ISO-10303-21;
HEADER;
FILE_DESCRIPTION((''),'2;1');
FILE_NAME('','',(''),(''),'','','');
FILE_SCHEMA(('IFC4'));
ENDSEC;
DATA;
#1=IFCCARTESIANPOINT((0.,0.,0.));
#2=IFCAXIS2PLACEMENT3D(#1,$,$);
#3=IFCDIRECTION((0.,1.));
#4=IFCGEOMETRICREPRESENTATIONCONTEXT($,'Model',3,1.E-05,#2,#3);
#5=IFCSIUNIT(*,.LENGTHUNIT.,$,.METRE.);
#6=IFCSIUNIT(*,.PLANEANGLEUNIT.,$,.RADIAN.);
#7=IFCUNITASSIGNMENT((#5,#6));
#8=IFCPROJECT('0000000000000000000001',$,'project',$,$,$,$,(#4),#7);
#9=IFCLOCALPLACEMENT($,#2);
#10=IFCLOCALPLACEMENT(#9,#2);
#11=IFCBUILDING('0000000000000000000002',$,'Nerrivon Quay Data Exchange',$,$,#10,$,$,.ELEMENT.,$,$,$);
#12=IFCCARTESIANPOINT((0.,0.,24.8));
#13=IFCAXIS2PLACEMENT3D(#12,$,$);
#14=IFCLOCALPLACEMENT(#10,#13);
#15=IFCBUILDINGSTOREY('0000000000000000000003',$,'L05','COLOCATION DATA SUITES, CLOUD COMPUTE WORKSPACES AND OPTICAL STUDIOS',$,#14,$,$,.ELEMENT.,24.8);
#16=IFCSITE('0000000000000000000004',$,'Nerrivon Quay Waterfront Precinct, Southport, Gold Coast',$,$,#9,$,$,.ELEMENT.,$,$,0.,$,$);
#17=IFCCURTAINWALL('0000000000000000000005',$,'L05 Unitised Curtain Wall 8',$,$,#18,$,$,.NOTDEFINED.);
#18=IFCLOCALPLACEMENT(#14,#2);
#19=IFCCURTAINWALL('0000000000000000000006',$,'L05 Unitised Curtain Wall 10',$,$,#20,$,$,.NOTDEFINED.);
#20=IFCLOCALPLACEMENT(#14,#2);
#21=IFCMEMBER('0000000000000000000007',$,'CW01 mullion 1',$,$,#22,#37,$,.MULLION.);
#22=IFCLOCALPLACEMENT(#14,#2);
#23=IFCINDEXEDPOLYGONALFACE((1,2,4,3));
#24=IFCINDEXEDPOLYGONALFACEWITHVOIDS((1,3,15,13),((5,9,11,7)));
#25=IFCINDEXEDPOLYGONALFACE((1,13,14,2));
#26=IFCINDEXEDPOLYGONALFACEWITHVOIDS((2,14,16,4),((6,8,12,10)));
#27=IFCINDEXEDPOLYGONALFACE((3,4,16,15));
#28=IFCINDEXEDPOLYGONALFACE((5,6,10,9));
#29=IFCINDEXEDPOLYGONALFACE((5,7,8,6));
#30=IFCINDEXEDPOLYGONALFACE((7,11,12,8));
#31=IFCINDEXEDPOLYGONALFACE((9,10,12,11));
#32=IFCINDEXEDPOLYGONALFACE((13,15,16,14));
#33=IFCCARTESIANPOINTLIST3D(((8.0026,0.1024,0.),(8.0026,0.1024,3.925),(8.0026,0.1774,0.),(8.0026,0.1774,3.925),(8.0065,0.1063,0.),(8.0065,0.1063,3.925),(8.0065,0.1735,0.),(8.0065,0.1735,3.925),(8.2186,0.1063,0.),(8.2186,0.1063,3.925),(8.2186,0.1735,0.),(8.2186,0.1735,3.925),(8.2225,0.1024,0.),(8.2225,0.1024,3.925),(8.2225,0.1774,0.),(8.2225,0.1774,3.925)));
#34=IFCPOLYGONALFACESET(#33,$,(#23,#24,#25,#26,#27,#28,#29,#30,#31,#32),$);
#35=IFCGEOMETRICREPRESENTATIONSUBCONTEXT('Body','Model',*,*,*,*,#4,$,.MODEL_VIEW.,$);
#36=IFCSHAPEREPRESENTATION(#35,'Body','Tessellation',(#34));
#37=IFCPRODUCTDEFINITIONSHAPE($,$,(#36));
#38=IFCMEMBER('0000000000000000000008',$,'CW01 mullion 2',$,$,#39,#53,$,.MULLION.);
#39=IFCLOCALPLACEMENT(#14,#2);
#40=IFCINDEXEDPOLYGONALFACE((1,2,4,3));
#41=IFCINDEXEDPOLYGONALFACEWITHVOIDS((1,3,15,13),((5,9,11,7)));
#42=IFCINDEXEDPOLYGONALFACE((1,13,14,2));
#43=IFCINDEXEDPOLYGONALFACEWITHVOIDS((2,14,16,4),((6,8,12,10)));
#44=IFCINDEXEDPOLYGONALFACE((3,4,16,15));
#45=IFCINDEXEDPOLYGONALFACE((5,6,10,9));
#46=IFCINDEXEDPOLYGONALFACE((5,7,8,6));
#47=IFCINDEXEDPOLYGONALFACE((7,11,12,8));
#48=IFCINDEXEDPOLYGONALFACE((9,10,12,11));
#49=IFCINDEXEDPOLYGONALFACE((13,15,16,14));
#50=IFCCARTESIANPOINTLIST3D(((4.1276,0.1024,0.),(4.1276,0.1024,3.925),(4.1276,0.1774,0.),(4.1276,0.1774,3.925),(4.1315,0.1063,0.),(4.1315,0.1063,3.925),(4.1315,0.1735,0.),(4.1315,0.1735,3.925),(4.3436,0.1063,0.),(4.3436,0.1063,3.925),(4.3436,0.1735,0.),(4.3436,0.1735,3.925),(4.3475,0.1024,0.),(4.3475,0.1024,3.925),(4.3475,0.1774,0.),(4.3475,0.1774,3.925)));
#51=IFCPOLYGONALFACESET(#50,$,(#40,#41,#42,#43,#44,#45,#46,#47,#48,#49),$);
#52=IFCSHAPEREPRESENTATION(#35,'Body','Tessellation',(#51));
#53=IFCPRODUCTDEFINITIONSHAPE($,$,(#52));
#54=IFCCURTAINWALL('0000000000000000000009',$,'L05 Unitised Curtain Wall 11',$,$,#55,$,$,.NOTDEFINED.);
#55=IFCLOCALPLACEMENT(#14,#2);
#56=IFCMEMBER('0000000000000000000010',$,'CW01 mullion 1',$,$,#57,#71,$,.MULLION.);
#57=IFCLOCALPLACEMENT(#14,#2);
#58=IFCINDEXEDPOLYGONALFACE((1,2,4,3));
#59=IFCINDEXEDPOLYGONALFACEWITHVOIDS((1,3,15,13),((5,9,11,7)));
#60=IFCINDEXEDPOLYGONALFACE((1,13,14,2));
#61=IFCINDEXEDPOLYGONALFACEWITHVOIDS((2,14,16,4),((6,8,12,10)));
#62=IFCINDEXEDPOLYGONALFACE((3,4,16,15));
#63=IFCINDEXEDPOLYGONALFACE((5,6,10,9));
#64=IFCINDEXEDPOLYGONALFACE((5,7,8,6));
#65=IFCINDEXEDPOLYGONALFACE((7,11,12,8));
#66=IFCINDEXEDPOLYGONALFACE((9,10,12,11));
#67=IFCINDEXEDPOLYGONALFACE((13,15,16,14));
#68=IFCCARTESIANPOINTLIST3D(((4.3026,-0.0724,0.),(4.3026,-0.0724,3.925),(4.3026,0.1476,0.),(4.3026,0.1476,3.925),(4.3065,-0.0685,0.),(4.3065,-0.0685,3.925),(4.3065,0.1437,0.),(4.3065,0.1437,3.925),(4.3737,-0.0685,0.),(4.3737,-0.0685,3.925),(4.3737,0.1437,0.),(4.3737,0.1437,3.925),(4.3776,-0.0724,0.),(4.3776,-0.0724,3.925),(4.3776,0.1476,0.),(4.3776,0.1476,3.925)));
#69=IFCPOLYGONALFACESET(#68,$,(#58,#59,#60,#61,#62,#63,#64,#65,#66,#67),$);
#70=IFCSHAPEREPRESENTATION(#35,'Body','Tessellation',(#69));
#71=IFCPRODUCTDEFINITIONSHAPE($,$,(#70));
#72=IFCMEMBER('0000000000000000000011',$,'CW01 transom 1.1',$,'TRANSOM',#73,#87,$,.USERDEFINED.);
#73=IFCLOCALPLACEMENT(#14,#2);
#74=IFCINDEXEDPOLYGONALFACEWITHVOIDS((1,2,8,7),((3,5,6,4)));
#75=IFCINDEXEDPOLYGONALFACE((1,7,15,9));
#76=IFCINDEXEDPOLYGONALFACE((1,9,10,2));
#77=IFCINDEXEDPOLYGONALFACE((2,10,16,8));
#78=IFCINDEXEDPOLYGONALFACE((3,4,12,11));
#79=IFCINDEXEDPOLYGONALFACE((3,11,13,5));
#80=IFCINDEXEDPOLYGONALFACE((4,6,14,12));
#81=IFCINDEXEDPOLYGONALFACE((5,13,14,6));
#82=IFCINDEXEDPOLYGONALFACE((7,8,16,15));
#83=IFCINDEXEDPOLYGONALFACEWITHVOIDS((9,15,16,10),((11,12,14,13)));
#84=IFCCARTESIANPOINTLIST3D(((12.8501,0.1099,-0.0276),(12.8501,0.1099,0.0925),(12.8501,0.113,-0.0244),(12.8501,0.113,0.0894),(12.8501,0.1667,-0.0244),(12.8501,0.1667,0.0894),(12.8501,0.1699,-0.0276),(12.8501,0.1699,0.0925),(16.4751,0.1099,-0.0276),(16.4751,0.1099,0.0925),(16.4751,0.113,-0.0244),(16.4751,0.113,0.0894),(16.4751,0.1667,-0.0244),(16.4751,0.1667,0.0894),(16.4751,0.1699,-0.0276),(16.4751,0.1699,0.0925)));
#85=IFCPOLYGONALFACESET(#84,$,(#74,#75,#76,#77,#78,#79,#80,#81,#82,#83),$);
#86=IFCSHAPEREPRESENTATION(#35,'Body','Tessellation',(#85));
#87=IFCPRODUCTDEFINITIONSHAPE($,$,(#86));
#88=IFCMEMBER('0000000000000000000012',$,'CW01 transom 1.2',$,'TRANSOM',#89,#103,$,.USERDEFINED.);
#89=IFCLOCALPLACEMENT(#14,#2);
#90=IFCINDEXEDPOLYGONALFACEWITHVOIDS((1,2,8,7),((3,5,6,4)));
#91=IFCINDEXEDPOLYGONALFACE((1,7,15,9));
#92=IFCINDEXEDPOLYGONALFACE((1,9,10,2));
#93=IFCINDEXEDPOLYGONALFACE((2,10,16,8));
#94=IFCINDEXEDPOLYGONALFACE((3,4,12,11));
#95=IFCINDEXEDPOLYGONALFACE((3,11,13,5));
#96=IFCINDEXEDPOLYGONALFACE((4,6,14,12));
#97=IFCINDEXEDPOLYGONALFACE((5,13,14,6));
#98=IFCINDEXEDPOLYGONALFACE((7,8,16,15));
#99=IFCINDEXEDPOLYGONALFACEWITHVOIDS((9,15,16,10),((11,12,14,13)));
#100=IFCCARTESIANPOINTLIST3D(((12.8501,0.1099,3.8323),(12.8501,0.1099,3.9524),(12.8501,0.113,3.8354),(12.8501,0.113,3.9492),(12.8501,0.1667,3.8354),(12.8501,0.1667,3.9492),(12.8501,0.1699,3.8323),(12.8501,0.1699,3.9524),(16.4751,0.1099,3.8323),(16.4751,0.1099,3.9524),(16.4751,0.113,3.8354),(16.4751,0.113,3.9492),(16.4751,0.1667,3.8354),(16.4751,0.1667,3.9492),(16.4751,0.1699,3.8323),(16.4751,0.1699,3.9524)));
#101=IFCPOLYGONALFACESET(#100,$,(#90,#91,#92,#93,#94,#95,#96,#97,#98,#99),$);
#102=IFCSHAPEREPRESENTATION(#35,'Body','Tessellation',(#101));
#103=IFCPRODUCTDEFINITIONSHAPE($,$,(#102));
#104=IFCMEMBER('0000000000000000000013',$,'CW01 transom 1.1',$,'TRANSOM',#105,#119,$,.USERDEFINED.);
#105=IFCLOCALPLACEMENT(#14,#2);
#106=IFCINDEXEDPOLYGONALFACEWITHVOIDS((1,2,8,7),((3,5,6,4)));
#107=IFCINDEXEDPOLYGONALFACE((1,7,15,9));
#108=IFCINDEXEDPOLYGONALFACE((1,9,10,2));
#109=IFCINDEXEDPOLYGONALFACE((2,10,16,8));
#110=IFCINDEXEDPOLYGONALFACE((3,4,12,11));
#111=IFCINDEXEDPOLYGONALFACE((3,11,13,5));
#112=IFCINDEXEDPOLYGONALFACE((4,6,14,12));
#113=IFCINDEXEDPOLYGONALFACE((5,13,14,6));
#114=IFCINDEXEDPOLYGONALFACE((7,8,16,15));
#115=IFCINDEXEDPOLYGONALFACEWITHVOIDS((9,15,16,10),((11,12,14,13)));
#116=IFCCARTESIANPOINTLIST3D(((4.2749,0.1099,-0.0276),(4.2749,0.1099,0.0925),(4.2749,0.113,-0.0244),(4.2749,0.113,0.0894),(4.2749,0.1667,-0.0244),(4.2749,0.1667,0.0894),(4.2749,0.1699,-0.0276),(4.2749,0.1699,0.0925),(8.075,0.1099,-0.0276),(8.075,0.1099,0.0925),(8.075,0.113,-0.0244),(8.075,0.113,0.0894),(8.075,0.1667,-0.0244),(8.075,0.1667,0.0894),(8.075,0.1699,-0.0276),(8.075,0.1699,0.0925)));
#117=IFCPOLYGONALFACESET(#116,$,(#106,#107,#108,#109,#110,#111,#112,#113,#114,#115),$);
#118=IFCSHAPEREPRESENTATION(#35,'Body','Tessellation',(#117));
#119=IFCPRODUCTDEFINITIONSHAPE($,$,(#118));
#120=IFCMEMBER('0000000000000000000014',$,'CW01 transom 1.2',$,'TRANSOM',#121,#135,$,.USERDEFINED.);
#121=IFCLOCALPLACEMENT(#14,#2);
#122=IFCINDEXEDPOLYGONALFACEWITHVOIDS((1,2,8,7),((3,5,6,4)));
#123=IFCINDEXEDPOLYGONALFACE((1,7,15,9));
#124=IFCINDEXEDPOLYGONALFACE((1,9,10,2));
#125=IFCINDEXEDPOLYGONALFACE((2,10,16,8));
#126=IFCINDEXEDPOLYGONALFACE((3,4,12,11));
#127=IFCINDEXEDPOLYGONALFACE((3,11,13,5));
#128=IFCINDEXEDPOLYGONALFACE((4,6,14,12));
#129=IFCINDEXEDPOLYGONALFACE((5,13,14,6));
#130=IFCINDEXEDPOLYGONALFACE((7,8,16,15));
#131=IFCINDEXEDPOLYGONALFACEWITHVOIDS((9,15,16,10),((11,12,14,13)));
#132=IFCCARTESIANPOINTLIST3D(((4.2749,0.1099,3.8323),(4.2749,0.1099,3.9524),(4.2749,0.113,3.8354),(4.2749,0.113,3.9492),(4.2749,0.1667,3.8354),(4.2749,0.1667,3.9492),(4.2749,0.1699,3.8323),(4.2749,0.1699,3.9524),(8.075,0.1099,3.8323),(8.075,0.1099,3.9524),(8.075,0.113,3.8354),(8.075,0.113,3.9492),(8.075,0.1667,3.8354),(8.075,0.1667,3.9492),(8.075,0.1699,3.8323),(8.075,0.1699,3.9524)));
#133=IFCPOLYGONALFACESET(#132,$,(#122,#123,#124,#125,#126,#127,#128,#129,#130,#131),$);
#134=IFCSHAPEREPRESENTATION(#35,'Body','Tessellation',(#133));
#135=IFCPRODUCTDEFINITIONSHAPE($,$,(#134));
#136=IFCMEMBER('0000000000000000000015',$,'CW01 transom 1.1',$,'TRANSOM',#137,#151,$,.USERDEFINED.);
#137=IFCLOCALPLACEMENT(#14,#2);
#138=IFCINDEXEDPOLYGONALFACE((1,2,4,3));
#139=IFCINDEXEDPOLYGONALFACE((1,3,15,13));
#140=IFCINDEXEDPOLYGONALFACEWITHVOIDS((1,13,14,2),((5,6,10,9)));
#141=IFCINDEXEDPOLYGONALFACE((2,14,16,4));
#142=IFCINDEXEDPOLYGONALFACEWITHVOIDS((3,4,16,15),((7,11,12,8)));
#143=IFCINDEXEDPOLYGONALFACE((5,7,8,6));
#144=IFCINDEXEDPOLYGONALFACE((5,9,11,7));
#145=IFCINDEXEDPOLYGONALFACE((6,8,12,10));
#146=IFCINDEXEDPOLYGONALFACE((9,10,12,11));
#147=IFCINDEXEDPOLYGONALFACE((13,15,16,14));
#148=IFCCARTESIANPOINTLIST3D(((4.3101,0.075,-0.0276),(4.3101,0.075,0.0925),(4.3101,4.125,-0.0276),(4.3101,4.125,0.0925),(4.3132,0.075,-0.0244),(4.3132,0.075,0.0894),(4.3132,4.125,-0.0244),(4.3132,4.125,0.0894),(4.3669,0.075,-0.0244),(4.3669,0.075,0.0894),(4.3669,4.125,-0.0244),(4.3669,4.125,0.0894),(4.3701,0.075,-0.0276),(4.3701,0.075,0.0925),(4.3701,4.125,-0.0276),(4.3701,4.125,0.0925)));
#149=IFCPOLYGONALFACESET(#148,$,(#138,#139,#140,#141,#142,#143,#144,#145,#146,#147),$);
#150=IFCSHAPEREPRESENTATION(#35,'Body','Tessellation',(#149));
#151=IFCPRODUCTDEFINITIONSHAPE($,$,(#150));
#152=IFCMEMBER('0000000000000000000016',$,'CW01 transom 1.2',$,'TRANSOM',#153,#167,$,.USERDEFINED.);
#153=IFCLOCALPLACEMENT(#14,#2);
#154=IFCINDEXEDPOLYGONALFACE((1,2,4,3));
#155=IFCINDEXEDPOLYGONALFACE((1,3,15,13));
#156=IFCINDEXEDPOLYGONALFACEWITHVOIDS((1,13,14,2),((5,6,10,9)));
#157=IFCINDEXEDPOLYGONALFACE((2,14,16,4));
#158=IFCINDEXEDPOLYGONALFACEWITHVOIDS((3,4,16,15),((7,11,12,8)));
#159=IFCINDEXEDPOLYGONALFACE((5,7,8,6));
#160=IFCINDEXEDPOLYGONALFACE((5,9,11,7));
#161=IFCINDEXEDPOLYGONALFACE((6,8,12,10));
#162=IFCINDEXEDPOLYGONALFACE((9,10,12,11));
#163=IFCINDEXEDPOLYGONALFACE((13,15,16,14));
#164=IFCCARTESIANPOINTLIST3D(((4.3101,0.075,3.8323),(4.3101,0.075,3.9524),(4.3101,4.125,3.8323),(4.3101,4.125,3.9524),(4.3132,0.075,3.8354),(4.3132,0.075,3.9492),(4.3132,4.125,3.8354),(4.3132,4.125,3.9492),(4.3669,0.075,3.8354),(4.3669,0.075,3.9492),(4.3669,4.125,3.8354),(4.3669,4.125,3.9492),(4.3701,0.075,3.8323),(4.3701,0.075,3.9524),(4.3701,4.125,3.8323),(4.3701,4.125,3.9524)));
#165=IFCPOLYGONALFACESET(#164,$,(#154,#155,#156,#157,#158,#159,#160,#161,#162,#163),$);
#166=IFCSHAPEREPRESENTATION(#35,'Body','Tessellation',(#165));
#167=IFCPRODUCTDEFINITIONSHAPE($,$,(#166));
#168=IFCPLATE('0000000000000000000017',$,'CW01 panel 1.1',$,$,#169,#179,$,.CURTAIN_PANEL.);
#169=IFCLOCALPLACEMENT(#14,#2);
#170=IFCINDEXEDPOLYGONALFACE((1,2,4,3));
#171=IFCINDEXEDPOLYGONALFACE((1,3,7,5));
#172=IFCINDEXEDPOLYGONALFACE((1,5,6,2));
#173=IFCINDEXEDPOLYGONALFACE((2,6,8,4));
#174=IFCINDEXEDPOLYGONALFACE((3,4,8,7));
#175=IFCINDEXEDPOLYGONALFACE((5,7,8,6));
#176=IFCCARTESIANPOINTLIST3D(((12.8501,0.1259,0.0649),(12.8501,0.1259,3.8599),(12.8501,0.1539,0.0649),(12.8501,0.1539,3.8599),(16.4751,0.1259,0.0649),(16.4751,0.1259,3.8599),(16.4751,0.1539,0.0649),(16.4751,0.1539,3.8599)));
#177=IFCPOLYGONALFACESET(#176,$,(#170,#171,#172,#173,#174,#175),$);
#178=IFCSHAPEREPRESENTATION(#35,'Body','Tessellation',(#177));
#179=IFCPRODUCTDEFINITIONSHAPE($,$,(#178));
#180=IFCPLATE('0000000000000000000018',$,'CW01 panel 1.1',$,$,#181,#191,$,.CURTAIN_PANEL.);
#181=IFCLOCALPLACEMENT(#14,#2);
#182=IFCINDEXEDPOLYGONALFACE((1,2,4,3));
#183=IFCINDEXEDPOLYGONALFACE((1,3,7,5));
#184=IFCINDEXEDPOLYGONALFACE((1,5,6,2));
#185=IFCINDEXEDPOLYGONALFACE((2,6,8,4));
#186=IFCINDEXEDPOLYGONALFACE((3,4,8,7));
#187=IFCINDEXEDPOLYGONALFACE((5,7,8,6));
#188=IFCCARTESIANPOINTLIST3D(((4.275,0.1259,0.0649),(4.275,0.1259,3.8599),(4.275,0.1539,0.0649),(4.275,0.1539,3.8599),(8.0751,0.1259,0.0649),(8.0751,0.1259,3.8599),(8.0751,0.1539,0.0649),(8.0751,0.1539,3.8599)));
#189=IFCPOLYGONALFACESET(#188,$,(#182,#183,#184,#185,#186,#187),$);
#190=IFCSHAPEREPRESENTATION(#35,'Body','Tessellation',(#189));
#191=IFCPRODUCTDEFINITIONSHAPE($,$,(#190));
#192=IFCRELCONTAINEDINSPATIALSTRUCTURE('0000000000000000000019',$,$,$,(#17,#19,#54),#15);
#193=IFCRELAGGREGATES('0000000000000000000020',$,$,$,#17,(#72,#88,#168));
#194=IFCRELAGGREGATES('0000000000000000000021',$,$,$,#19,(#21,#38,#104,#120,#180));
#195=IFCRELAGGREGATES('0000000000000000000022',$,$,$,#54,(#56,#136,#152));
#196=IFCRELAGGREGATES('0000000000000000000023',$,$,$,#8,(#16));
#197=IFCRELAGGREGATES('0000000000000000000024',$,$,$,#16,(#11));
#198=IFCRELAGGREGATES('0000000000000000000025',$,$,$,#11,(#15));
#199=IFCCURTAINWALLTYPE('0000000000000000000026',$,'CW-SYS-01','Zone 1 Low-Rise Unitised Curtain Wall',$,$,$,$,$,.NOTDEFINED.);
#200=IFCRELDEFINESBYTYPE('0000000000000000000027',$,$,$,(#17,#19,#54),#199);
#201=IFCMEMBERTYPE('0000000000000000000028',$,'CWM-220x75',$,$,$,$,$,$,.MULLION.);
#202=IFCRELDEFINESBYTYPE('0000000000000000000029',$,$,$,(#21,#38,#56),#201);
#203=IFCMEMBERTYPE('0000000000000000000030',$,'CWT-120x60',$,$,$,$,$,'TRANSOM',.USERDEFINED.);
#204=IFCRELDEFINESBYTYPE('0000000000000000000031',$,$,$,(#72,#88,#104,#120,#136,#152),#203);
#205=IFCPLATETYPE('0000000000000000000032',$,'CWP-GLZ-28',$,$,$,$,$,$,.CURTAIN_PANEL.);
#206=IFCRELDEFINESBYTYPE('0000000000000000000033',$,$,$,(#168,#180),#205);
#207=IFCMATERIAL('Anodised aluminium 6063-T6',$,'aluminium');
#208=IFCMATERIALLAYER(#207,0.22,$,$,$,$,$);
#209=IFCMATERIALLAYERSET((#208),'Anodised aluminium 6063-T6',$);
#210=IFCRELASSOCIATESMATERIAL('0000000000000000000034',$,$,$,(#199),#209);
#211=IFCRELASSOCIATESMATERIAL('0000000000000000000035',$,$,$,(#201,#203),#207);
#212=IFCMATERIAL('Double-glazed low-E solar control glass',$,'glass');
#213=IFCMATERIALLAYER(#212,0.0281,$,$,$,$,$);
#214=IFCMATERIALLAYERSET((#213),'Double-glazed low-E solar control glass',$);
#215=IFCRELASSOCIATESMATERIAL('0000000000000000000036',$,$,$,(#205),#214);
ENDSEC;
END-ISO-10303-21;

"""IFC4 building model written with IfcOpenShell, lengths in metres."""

from ifc_helpers import new_model, si_unit, direction, frame, origin, origin_2d, place, context, subcontext, project, spatial, rectangle, hollow_rectangle, extrude, material, layer, layer_set, material_profile, profile_set, type_object, element, aggregate, save


model = new_model("IFC4")

# Units and contexts
model_context = context("Model", 3, precision=1e-05, world=origin(), true_north=direction((0.0, 1.0)))
body_context = subcontext(model_context, "Body", "Model", "MODEL_VIEW")
ifc_project = project(units=[si_unit("LENGTHUNIT", "METRE"), si_unit("PLANEANGLEUNIT", "RADIAN")], contexts=[model_context])

# Site, building, storey
site_placement = place(None, origin())
site = spatial("IfcSite", under=ifc_project, at=site_placement, Name="Nerrivon Quay Waterfront Precinct, Southport, Gold Coast", CompositionType="ELEMENT", RefElevation=0.0)
building_placement = place(site_placement, origin())
building = spatial("IfcBuilding", under=site, at=building_placement, Name="Nerrivon Quay Data Exchange", CompositionType="ELEMENT")
storey_placement = place(building_placement, frame((0.0, 0.0, 24.8)))
storey = spatial("IfcBuildingStorey", under=building, at=storey_placement, Name="L05", Description="COLOCATION DATA SUITES, CLOUD COMPUTE WORKSPACES AND OPTICAL STUDIOS", CompositionType="ELEMENT", Elevation=24.8)

# Curtain walls, members
ifc_material_1 = material(Name="Anodised aluminium 6063-T6", Category="aluminium")
ifc_layer_1 = layer(ifc_material_1, 0.22)
ifc_layer_set_1 = layer_set([ifc_layer_1], Name="Anodised aluminium 6063-T6")
curtain_wall_type = type_object("IfcCurtainWallType", Name="CW-SYS-01", Description="Zone 1 Low-Rise Unitised Curtain Wall", PredefinedType="NOTDEFINED", material=ifc_layer_set_1)
curtain_wall_1_placement = place(storey_placement, origin())
curtain_wall_1 = element("IfcCurtainWall", 1, at=curtain_wall_1_placement, inside=storey, type_object=curtain_wall_type, Name="L05 Unitised Curtain Wall 8", PredefinedType="NOTDEFINED")
ifc_material_profile_1 = material_profile(ifc_material_1, hollow_rectangle(XDim=0.075, YDim=0.22, WallThickness=0.0039, at=origin_2d()), Name="ALU-MULL-220x75")
ifc_profile_set_1 = profile_set([ifc_material_profile_1], Name="Anodised aluminium 6063-T6")
member_type_1 = type_object("IfcMemberType", Name="CWM-220x75", PredefinedType="MULLION", material=ifc_profile_set_1)
curtain_wall_2_placement = place(storey_placement, origin())
curtain_wall_2 = element("IfcCurtainWall", 2, at=curtain_wall_2_placement, inside=storey, type_object=curtain_wall_type, Name="L05 Unitised Curtain Wall 10", PredefinedType="NOTDEFINED")
member_1_placement = place(storey_placement, frame((8.1125, 0.1399, 0.0), z_axis=(0.0, 0.0, 1.0), x_axis=(0.0, -1.0, 0.0)))
member_1 = element("IfcMember", 3, at=member_1_placement, type_object=member_type_1, Name="CW01 mullion 1", PredefinedType="MULLION", context=body_context, shape_type="SweptSolid", body=[
    extrude(hollow_rectangle(XDim=0.075, YDim=0.22, WallThickness=0.0039, at=origin_2d()), origin(), (0.0, 0.0, 1.0), 3.925),
])
member_2_placement = place(storey_placement, frame((4.2375, 0.1399, 0.0), z_axis=(0.0, 0.0, 1.0), x_axis=(0.0, -1.0, 0.0)))
member_2 = element("IfcMember", 4, at=member_2_placement, type_object=member_type_1, Name="CW01 mullion 2", PredefinedType="MULLION", context=body_context, shape_type="SweptSolid", body=[
    extrude(hollow_rectangle(XDim=0.075, YDim=0.22, WallThickness=0.0039, at=origin_2d()), origin(), (0.0, 0.0, 1.0), 3.925),
])

# Curtain wall, member
curtain_wall_3_placement = place(storey_placement, origin())
curtain_wall_3 = element("IfcCurtainWall", 5, at=curtain_wall_3_placement, inside=storey, type_object=curtain_wall_type, Name="L05 Unitised Curtain Wall 11", PredefinedType="NOTDEFINED")
member_3_placement = place(storey_placement, frame((4.3401, 0.0376, 0.0), z_axis=(0.0, 0.0, 1.0), x_axis=(-1.0, 0.0, 0.0)))
member_3 = element("IfcMember", 6, at=member_3_placement, type_object=member_type_1, Name="CW01 mullion 1", PredefinedType="MULLION", context=body_context, shape_type="SweptSolid", body=[
    extrude(hollow_rectangle(XDim=0.075, YDim=0.22, WallThickness=0.0039, at=origin_2d()), origin(), (0.0, 0.0, 1.0), 3.925),
])

# Members
ifc_material_profile_2 = material_profile(ifc_material_1, hollow_rectangle(XDim=0.0601, YDim=0.1201, WallThickness=0.0032, at=origin_2d()), Name="ALU-TRAN-120x60")
ifc_profile_set_2 = profile_set([ifc_material_profile_2], Name="Anodised aluminium 6063-T6")
member_type_2 = type_object("IfcMemberType", Name="CWT-120x60", ElementType="TRANSOM", PredefinedType="USERDEFINED", material=ifc_profile_set_2)
member_4_placement = place(storey_placement, frame((16.4751, 0.1399, 0.0325), z_axis=(-1.0, 0.0, 0.0), x_axis=(0.0, -1.0, 0.0)))
member_4 = element("IfcMember", 7, at=member_4_placement, type_object=member_type_2, Name="CW01 transom 1.1", ObjectType="TRANSOM", PredefinedType="USERDEFINED", context=body_context, shape_type="SweptSolid", body=[
    extrude(hollow_rectangle(XDim=0.0601, YDim=0.1201, WallThickness=0.0032, at=origin_2d()), origin(), (0.0, 0.0, 1.0), 3.625),
])
member_5_placement = place(storey_placement, frame((16.4751, 0.1399, 3.8923), z_axis=(-1.0, 0.0, 0.0), x_axis=(0.0, -1.0, 0.0)))
member_5 = element("IfcMember", 8, at=member_5_placement, type_object=member_type_2, Name="CW01 transom 1.2", ObjectType="TRANSOM", PredefinedType="USERDEFINED", context=body_context, shape_type="SweptSolid", body=[
    extrude(hollow_rectangle(XDim=0.0601, YDim=0.1201, WallThickness=0.0032, at=origin_2d()), origin(), (0.0, 0.0, 1.0), 3.625),
])
member_6_placement = place(storey_placement, frame((8.075, 0.1399, 0.0325), z_axis=(-1.0, 0.0, 0.0), x_axis=(0.0, -1.0, 0.0)))
member_6 = element("IfcMember", 9, at=member_6_placement, type_object=member_type_2, Name="CW01 transom 1.1", ObjectType="TRANSOM", PredefinedType="USERDEFINED", context=body_context, shape_type="SweptSolid", body=[
    extrude(hollow_rectangle(XDim=0.0601, YDim=0.1201, WallThickness=0.0032, at=origin_2d()), origin(), (0.0, 0.0, 1.0), 3.8),
])
member_7_placement = place(storey_placement, frame((8.075, 0.1399, 3.8923), z_axis=(-1.0, 0.0, 0.0), x_axis=(0.0, -1.0, 0.0)))
member_7 = element("IfcMember", 10, at=member_7_placement, type_object=member_type_2, Name="CW01 transom 1.2", ObjectType="TRANSOM", PredefinedType="USERDEFINED", context=body_context, shape_type="SweptSolid", body=[
    extrude(hollow_rectangle(XDim=0.0601, YDim=0.1201, WallThickness=0.0032, at=origin_2d()), origin(), (0.0, 0.0, 1.0), 3.8),
])
member_8_placement = place(storey_placement, frame((4.3401, 0.075, 0.0325), z_axis=(0.0, 1.0, 0.0), x_axis=(-1.0, 0.0, 0.0)))
member_8 = element("IfcMember", 11, at=member_8_placement, type_object=member_type_2, Name="CW01 transom 1.1", ObjectType="TRANSOM", PredefinedType="USERDEFINED", context=body_context, shape_type="SweptSolid", body=[
    extrude(hollow_rectangle(XDim=0.0601, YDim=0.1201, WallThickness=0.0032, at=origin_2d()), origin(), (0.0, 0.0, 1.0), 4.05),
])
member_9_placement = place(storey_placement, frame((4.3401, 0.075, 3.8923), z_axis=(0.0, 1.0, 0.0), x_axis=(-1.0, 0.0, 0.0)))
member_9 = element("IfcMember", 12, at=member_9_placement, type_object=member_type_2, Name="CW01 transom 1.2", ObjectType="TRANSOM", PredefinedType="USERDEFINED", context=body_context, shape_type="SweptSolid", body=[
    extrude(hollow_rectangle(XDim=0.0601, YDim=0.1201, WallThickness=0.0032, at=origin_2d()), origin(), (0.0, 0.0, 1.0), 4.05),
])

# Plates
ifc_material_2 = material(Name="Double-glazed low-E solar control glass", Category="glass")
ifc_layer_2 = layer(ifc_material_2, 0.0281)
ifc_layer_set_2 = layer_set([ifc_layer_2], Name="Double-glazed low-E solar control glass")
plate_type = type_object("IfcPlateType", Name="CWP-GLZ-28", PredefinedType="CURTAIN_PANEL", material=ifc_layer_set_2)
plate_1_placement = place(storey_placement, frame((14.6626, 0.1399, 0.0649), z_axis=(0.0, 0.0, 1.0), x_axis=(-1.0, 0.0, 0.0)))
plate_1 = element("IfcPlate", 13, at=plate_1_placement, type_object=plate_type, Name="CW01 panel 1.1", PredefinedType="CURTAIN_PANEL", context=body_context, shape_type="SweptSolid", body=[
    extrude(rectangle(XDim=3.625, YDim=0.0281, at=origin_2d()), origin(), (0.0, 0.0, 1.0), 3.7949),
])
aggregate(curtain_wall_1, [member_4, member_5, plate_1])
plate_2_placement = place(storey_placement, frame((6.175, 0.1399, 0.0649), z_axis=(0.0, 0.0, 1.0), x_axis=(-1.0, 0.0, 0.0)))
plate_2 = element("IfcPlate", 14, at=plate_2_placement, type_object=plate_type, Name="CW01 panel 1.1", PredefinedType="CURTAIN_PANEL", context=body_context, shape_type="SweptSolid", body=[
    extrude(rectangle(XDim=3.8, YDim=0.0281, at=origin_2d()), origin(), (0.0, 0.0, 1.0), 3.7949),
])
aggregate(curtain_wall_2, [member_1, member_2, member_6, member_7, plate_2])
aggregate(curtain_wall_3, [member_3, member_8, member_9])

save(model, "model.ifc")
